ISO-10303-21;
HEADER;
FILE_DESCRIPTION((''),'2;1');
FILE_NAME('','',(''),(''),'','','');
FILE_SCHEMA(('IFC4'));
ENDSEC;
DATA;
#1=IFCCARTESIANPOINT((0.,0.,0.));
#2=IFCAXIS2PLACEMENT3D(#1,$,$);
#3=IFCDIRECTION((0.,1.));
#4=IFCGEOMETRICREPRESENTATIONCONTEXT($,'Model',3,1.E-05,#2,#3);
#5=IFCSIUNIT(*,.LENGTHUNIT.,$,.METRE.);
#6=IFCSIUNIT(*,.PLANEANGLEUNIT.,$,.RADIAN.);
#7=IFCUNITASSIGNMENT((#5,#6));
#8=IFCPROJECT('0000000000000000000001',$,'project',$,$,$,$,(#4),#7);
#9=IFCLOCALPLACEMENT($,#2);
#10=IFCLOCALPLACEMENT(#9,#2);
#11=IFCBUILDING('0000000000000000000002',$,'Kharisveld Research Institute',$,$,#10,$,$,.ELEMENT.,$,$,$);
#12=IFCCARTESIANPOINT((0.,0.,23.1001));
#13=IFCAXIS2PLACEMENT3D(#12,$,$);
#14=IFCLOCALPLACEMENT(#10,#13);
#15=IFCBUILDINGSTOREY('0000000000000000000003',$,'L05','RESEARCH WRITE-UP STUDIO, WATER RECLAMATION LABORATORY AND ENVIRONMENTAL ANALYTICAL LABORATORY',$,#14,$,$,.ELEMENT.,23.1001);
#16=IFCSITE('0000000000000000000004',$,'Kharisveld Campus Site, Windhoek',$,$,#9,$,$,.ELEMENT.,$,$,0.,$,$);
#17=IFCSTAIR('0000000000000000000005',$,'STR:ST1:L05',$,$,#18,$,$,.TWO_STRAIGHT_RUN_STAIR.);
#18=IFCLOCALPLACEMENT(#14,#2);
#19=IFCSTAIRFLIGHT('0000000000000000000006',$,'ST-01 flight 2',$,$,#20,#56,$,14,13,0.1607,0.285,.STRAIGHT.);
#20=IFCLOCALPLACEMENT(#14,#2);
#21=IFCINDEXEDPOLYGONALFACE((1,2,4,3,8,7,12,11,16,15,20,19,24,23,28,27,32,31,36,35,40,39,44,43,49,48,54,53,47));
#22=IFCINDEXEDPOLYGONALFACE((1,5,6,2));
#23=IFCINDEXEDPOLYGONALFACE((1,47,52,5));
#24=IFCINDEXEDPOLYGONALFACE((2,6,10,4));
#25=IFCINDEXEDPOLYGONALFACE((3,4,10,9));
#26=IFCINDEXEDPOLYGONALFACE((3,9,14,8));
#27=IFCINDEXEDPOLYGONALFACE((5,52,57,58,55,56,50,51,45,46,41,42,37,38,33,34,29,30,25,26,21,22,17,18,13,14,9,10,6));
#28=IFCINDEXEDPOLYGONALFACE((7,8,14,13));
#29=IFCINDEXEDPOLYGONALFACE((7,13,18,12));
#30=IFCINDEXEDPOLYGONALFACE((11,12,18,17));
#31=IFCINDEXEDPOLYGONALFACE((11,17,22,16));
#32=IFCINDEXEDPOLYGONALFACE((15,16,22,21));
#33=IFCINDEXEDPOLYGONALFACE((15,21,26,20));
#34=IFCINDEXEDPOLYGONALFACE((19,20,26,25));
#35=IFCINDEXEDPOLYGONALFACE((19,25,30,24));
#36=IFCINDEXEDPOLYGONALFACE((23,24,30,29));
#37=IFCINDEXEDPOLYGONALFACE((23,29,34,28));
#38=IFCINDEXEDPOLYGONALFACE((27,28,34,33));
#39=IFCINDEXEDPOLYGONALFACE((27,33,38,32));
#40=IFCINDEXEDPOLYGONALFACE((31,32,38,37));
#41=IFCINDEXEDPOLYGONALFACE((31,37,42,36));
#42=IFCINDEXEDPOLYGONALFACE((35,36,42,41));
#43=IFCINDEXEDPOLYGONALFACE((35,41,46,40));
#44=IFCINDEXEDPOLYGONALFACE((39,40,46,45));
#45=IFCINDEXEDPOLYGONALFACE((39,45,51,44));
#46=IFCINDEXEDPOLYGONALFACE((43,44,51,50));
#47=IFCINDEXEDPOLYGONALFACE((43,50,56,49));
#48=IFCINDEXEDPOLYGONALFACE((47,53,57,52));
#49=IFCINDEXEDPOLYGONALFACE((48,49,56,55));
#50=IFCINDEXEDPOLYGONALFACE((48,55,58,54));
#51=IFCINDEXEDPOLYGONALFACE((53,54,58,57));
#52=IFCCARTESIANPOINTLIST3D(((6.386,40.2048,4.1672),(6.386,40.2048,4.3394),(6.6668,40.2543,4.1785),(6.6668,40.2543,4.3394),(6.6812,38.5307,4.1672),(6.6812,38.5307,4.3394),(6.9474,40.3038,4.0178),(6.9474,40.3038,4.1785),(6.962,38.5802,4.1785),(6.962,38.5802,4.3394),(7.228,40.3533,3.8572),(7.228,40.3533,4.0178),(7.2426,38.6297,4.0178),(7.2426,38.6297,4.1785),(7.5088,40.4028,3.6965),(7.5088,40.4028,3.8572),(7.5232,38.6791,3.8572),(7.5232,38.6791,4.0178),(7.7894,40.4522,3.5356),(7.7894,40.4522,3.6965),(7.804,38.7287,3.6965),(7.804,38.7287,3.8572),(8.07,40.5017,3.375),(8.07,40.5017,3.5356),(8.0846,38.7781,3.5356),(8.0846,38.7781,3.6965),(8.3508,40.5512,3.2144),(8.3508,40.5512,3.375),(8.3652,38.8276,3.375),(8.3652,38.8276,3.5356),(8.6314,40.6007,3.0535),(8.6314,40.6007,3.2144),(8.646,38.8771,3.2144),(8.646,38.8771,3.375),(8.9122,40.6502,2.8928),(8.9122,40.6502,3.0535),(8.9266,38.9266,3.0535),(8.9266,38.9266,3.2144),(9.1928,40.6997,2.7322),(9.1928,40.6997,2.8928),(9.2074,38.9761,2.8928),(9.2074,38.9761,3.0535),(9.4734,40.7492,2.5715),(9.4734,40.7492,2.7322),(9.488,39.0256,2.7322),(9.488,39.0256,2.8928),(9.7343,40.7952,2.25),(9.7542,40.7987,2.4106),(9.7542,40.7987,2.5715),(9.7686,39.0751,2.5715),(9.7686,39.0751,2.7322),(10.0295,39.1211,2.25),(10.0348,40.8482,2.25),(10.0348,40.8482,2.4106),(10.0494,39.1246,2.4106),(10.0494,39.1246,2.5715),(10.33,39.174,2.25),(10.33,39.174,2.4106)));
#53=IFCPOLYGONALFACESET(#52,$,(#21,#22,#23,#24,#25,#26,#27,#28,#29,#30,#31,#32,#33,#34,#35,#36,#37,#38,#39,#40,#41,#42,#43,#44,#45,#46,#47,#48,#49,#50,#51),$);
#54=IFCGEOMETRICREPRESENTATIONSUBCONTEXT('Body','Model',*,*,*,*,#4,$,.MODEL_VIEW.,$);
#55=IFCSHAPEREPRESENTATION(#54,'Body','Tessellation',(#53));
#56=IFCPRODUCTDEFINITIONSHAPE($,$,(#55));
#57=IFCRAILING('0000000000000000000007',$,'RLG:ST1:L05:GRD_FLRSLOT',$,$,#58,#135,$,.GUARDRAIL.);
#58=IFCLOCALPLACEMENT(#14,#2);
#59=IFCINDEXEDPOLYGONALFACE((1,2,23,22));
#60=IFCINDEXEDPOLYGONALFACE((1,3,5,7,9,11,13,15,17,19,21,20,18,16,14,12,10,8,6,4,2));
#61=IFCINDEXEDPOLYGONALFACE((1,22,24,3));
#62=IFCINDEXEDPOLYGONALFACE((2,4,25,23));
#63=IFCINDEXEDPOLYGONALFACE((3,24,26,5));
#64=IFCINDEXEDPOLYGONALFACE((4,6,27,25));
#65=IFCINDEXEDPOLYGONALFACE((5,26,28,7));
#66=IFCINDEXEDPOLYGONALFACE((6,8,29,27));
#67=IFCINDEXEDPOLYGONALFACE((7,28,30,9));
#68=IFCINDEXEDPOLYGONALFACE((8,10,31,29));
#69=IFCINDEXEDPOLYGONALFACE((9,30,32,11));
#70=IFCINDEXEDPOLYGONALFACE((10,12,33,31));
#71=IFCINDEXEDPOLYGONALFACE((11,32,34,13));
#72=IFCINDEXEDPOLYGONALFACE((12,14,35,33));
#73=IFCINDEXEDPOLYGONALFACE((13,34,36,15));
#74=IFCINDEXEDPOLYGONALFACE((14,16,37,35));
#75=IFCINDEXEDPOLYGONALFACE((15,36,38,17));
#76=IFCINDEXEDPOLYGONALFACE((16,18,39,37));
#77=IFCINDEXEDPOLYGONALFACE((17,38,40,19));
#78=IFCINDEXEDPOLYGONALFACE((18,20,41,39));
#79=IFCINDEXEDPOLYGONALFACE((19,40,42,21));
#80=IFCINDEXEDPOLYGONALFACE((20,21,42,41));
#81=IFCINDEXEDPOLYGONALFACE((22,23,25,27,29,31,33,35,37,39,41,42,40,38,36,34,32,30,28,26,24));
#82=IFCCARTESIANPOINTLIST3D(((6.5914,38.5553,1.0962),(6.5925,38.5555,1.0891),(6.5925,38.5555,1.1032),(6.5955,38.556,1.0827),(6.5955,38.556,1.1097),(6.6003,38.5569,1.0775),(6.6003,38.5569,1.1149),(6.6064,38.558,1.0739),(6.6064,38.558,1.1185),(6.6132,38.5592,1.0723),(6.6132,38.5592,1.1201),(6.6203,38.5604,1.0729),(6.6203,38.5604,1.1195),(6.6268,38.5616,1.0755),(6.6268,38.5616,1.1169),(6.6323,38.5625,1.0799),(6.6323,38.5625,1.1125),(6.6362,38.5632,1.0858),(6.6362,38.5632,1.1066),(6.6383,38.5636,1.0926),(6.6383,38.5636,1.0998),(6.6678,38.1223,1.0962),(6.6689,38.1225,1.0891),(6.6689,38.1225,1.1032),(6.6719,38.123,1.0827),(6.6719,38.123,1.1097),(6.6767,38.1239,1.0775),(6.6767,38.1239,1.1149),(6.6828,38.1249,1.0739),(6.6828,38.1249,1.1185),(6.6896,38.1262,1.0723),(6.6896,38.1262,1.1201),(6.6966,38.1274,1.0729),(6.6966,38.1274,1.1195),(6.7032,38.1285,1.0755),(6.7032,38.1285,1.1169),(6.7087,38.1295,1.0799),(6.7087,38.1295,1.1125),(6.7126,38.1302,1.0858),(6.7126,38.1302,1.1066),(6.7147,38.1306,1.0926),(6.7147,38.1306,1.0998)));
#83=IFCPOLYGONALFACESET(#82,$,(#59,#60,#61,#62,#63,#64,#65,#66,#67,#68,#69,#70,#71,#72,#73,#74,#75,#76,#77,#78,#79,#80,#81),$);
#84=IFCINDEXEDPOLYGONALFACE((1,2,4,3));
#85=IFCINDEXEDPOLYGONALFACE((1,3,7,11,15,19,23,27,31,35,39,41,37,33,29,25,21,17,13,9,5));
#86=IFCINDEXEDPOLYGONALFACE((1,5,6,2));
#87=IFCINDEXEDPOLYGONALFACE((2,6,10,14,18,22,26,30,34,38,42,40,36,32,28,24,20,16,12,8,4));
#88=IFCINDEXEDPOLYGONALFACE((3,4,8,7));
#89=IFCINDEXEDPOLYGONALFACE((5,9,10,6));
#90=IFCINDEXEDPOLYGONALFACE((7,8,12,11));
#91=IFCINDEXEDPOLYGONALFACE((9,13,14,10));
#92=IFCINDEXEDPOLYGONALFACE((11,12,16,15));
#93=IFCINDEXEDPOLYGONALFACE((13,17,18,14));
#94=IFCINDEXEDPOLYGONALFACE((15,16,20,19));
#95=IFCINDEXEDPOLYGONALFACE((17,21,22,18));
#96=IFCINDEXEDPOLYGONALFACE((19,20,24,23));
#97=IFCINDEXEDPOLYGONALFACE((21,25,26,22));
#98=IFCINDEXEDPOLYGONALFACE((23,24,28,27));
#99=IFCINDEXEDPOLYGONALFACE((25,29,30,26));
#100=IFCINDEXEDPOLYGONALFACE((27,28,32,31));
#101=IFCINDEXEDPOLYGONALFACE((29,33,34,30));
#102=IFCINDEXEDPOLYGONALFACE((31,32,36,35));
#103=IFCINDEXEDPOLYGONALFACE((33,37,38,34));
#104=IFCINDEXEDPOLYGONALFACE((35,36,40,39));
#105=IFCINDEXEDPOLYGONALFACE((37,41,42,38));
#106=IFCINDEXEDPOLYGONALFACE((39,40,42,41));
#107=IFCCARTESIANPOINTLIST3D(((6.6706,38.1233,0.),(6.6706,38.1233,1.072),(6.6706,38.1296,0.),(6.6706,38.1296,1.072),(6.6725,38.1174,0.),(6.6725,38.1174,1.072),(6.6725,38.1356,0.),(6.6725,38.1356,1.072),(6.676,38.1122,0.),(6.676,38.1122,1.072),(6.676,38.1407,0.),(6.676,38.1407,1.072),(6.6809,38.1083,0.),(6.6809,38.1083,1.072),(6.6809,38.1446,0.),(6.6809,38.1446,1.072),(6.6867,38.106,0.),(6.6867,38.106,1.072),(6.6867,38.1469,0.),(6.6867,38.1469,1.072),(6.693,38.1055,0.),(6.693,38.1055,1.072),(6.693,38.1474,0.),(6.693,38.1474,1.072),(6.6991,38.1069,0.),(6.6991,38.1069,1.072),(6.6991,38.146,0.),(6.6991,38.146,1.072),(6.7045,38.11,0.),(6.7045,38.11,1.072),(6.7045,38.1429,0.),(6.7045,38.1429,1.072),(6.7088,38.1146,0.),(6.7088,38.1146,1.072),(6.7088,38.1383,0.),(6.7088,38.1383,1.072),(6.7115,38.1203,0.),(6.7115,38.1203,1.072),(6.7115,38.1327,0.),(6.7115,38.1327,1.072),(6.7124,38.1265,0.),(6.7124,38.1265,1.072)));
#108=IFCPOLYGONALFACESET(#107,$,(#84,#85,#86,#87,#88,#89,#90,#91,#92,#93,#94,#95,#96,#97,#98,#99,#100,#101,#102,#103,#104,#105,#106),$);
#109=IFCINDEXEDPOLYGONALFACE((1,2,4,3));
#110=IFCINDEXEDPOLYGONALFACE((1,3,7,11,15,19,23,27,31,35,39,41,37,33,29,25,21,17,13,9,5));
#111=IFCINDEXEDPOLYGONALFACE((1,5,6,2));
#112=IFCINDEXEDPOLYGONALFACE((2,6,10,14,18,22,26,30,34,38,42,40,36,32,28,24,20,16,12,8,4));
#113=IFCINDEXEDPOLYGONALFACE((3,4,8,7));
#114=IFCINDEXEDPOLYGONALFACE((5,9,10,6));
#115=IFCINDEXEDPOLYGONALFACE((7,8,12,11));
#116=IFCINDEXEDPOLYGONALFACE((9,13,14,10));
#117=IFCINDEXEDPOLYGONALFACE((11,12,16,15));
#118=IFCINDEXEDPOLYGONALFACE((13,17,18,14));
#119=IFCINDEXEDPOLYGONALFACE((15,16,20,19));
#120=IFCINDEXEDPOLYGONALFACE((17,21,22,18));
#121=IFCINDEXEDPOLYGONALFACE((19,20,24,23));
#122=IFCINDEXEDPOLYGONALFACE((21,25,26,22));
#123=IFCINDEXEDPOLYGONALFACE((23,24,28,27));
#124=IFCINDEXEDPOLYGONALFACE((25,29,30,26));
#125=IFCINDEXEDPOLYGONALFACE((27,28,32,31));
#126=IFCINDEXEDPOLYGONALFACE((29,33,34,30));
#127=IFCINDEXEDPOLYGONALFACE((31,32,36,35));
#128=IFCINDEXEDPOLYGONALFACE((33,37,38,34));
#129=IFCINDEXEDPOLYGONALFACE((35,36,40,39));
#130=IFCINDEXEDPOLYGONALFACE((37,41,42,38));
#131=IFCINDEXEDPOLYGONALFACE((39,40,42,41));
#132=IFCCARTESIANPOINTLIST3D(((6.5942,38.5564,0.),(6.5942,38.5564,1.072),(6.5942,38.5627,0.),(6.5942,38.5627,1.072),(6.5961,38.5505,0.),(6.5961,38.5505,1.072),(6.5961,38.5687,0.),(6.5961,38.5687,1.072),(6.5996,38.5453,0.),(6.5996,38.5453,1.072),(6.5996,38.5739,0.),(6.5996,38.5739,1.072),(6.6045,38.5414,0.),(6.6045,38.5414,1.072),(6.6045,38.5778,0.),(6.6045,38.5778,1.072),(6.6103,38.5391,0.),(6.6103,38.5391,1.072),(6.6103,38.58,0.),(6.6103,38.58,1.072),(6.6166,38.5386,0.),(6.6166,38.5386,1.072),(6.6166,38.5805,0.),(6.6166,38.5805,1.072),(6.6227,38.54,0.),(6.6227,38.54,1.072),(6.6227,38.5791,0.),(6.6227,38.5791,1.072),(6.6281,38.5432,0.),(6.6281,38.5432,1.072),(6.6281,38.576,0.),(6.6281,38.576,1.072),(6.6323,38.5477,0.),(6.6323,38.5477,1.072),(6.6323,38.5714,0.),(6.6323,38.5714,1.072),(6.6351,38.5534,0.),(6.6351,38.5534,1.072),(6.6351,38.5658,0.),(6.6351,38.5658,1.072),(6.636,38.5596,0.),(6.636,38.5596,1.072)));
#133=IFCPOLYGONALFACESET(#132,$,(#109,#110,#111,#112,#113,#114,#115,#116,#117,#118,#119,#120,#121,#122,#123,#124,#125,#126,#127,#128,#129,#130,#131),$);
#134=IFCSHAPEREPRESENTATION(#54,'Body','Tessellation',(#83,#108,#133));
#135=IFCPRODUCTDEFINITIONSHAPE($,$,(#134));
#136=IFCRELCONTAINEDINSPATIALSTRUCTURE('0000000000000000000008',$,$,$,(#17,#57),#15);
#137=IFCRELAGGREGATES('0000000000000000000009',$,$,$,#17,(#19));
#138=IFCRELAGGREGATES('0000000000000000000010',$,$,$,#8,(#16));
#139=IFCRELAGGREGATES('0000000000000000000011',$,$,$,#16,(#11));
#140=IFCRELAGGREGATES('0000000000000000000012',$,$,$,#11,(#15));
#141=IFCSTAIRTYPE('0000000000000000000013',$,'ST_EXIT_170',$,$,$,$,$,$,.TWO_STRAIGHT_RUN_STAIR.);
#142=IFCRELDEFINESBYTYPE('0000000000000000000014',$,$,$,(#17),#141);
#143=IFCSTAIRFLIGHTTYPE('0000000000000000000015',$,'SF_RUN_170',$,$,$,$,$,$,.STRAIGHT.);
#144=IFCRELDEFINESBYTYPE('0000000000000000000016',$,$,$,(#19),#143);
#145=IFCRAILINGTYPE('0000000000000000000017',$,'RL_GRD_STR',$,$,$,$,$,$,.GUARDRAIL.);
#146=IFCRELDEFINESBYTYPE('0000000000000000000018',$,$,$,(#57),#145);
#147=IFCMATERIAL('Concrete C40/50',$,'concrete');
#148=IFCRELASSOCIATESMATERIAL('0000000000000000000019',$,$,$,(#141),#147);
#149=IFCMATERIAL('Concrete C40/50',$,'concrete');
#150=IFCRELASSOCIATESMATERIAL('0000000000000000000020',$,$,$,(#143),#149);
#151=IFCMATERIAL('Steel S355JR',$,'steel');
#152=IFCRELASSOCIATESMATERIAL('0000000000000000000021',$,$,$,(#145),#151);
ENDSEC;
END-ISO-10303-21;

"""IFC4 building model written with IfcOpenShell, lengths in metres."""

from ifc_helpers import new_model, si_unit, direction, frame, origin, origin_2d, place, context, subcontext, project, spatial, polyline, circle, outline, extrude, material, type_object, element, aggregate, save


model = new_model("IFC4")

# Units and contexts
model_context = context("Model", 3, precision=1e-05, world=origin(), true_north=direction((0.0, 1.0)))
body_context = subcontext(model_context, "Body", "Model", "MODEL_VIEW")
ifc_project = project(units=[si_unit("LENGTHUNIT", "METRE"), si_unit("PLANEANGLEUNIT", "RADIAN")], contexts=[model_context])

# Site, building, storey
site_placement = place(None, origin())
site = spatial("IfcSite", under=ifc_project, at=site_placement, Name="Kharisveld Campus Site, Windhoek", CompositionType="ELEMENT", RefElevation=0.0)
building_placement = place(site_placement, origin())
building = spatial("IfcBuilding", under=site, at=building_placement, Name="Kharisveld Research Institute", CompositionType="ELEMENT")
storey_placement = place(building_placement, frame((0.0, 0.0, 23.1001)))
storey = spatial("IfcBuildingStorey", under=building, at=storey_placement, Name="L05", Description="RESEARCH WRITE-UP STUDIO, WATER RECLAMATION LABORATORY AND ENVIRONMENTAL ANALYTICAL LABORATORY", CompositionType="ELEMENT", Elevation=23.1001)

# Stair, stair flight
ifc_material_1 = material(Name="Concrete C40/50", Category="concrete")
stair_type = type_object("IfcStairType", Name="ST_EXIT_170", PredefinedType="TWO_STRAIGHT_RUN_STAIR", material=ifc_material_1)
stair_placement = place(storey_placement, origin())
stair = element("IfcStair", 1, at=stair_placement, inside=storey, type_object=stair_type, Name="STR:ST1:L05", PredefinedType="TWO_STRAIGHT_RUN_STAIR")
ifc_material_2 = material(Name="Concrete C40/50", Category="concrete")
stair_flight_type = type_object("IfcStairFlightType", Name="SF_RUN_170", PredefinedType="STRAIGHT", material=ifc_material_2)
stair_flight_placement = place(storey_placement, frame((10.1824, 40.0112, 2.25), z_axis=(0.0, 0.0, 1.0), x_axis=(-0.984808, -0.173648, 0.0)))
stair_flight = element("IfcStairFlight", 2, at=stair_flight_placement, type_object=stair_flight_type, Name="ST-01 flight 2", NumberOfRisers=14, NumberOfTreads=13, PredefinedType="STRAIGHT", RiserHeight=0.1607, TreadLength=0.285, context=body_context, shape_type="SweptSolid", body=[
    extrude(outline(polyline([(0.0, 0.0), (0.0, 0.1606), (0.2849, 0.1606), (0.2849, 0.3215), (0.5701, 0.3215), (0.5701, 0.4822), (0.855, 0.4822), (0.855, 0.6428), (1.1399, 0.6428), (1.1399, 0.8035), (1.425, 0.8035), (1.425, 0.9644), (1.71, 0.9644), (1.71, 1.125), (1.9951, 1.125), (1.9951, 1.2856), (2.28, 1.2856), (2.28, 1.4465), (2.5649, 1.4465), (2.5649, 1.6072), (2.8501, 1.6072), (2.8501, 1.7678), (3.135, 1.7678), (3.135, 1.9285), (3.4199, 1.9285), (3.4199, 2.0894), (3.7051, 2.0894), (3.7051, 2.25), (3.7051, 1.9172), (0.3052, 0.0), (0.0, 0.0)])), frame((0.0, 0.8501, 0.0), z_axis=(0.0, -1.0, 0.0), x_axis=(1.0, 0.0, 0.0)), (0.0, 0.0, 1.0), 1.7),
])
aggregate(stair, [stair_flight])

# Railing
ifc_material_3 = material(Name="Steel S355JR", Category="steel")
railing_type_1 = type_object("IfcRailingType", Name="RL_GRD_STR", PredefinedType="GUARDRAIL", material=ifc_material_3)
railing_1_placement = place(storey_placement, frame((6.6914, 38.1265, 0.0)))
element("IfcRailing", 3, at=railing_1_placement, inside=storey, type_object=railing_type_1, Name="RLG:ST1:L05:GRD_FLRSLOT", PredefinedType="GUARDRAIL", context=body_context, shape_type="SweptSolid", body=[
    extrude(circle(Radius=0.0239, at=origin_2d()), frame((0.0, 0.0, 1.0962), z_axis=(-0.173754, 0.984789, 0.0), x_axis=(-0.984789, -0.173754, 0.0)), (0.0, 0.0, 1.0), 0.4397),
    extrude(circle(Radius=0.021, at=origin_2d()), origin(), (0.0, 0.0, 1.0), 1.072),
    extrude(circle(Radius=0.021, at=origin_2d()), frame((-0.0764, 0.4331, 0.0)), (0.0, 0.0, 1.0), 1.072),
])

save(model, "model.ifc")
